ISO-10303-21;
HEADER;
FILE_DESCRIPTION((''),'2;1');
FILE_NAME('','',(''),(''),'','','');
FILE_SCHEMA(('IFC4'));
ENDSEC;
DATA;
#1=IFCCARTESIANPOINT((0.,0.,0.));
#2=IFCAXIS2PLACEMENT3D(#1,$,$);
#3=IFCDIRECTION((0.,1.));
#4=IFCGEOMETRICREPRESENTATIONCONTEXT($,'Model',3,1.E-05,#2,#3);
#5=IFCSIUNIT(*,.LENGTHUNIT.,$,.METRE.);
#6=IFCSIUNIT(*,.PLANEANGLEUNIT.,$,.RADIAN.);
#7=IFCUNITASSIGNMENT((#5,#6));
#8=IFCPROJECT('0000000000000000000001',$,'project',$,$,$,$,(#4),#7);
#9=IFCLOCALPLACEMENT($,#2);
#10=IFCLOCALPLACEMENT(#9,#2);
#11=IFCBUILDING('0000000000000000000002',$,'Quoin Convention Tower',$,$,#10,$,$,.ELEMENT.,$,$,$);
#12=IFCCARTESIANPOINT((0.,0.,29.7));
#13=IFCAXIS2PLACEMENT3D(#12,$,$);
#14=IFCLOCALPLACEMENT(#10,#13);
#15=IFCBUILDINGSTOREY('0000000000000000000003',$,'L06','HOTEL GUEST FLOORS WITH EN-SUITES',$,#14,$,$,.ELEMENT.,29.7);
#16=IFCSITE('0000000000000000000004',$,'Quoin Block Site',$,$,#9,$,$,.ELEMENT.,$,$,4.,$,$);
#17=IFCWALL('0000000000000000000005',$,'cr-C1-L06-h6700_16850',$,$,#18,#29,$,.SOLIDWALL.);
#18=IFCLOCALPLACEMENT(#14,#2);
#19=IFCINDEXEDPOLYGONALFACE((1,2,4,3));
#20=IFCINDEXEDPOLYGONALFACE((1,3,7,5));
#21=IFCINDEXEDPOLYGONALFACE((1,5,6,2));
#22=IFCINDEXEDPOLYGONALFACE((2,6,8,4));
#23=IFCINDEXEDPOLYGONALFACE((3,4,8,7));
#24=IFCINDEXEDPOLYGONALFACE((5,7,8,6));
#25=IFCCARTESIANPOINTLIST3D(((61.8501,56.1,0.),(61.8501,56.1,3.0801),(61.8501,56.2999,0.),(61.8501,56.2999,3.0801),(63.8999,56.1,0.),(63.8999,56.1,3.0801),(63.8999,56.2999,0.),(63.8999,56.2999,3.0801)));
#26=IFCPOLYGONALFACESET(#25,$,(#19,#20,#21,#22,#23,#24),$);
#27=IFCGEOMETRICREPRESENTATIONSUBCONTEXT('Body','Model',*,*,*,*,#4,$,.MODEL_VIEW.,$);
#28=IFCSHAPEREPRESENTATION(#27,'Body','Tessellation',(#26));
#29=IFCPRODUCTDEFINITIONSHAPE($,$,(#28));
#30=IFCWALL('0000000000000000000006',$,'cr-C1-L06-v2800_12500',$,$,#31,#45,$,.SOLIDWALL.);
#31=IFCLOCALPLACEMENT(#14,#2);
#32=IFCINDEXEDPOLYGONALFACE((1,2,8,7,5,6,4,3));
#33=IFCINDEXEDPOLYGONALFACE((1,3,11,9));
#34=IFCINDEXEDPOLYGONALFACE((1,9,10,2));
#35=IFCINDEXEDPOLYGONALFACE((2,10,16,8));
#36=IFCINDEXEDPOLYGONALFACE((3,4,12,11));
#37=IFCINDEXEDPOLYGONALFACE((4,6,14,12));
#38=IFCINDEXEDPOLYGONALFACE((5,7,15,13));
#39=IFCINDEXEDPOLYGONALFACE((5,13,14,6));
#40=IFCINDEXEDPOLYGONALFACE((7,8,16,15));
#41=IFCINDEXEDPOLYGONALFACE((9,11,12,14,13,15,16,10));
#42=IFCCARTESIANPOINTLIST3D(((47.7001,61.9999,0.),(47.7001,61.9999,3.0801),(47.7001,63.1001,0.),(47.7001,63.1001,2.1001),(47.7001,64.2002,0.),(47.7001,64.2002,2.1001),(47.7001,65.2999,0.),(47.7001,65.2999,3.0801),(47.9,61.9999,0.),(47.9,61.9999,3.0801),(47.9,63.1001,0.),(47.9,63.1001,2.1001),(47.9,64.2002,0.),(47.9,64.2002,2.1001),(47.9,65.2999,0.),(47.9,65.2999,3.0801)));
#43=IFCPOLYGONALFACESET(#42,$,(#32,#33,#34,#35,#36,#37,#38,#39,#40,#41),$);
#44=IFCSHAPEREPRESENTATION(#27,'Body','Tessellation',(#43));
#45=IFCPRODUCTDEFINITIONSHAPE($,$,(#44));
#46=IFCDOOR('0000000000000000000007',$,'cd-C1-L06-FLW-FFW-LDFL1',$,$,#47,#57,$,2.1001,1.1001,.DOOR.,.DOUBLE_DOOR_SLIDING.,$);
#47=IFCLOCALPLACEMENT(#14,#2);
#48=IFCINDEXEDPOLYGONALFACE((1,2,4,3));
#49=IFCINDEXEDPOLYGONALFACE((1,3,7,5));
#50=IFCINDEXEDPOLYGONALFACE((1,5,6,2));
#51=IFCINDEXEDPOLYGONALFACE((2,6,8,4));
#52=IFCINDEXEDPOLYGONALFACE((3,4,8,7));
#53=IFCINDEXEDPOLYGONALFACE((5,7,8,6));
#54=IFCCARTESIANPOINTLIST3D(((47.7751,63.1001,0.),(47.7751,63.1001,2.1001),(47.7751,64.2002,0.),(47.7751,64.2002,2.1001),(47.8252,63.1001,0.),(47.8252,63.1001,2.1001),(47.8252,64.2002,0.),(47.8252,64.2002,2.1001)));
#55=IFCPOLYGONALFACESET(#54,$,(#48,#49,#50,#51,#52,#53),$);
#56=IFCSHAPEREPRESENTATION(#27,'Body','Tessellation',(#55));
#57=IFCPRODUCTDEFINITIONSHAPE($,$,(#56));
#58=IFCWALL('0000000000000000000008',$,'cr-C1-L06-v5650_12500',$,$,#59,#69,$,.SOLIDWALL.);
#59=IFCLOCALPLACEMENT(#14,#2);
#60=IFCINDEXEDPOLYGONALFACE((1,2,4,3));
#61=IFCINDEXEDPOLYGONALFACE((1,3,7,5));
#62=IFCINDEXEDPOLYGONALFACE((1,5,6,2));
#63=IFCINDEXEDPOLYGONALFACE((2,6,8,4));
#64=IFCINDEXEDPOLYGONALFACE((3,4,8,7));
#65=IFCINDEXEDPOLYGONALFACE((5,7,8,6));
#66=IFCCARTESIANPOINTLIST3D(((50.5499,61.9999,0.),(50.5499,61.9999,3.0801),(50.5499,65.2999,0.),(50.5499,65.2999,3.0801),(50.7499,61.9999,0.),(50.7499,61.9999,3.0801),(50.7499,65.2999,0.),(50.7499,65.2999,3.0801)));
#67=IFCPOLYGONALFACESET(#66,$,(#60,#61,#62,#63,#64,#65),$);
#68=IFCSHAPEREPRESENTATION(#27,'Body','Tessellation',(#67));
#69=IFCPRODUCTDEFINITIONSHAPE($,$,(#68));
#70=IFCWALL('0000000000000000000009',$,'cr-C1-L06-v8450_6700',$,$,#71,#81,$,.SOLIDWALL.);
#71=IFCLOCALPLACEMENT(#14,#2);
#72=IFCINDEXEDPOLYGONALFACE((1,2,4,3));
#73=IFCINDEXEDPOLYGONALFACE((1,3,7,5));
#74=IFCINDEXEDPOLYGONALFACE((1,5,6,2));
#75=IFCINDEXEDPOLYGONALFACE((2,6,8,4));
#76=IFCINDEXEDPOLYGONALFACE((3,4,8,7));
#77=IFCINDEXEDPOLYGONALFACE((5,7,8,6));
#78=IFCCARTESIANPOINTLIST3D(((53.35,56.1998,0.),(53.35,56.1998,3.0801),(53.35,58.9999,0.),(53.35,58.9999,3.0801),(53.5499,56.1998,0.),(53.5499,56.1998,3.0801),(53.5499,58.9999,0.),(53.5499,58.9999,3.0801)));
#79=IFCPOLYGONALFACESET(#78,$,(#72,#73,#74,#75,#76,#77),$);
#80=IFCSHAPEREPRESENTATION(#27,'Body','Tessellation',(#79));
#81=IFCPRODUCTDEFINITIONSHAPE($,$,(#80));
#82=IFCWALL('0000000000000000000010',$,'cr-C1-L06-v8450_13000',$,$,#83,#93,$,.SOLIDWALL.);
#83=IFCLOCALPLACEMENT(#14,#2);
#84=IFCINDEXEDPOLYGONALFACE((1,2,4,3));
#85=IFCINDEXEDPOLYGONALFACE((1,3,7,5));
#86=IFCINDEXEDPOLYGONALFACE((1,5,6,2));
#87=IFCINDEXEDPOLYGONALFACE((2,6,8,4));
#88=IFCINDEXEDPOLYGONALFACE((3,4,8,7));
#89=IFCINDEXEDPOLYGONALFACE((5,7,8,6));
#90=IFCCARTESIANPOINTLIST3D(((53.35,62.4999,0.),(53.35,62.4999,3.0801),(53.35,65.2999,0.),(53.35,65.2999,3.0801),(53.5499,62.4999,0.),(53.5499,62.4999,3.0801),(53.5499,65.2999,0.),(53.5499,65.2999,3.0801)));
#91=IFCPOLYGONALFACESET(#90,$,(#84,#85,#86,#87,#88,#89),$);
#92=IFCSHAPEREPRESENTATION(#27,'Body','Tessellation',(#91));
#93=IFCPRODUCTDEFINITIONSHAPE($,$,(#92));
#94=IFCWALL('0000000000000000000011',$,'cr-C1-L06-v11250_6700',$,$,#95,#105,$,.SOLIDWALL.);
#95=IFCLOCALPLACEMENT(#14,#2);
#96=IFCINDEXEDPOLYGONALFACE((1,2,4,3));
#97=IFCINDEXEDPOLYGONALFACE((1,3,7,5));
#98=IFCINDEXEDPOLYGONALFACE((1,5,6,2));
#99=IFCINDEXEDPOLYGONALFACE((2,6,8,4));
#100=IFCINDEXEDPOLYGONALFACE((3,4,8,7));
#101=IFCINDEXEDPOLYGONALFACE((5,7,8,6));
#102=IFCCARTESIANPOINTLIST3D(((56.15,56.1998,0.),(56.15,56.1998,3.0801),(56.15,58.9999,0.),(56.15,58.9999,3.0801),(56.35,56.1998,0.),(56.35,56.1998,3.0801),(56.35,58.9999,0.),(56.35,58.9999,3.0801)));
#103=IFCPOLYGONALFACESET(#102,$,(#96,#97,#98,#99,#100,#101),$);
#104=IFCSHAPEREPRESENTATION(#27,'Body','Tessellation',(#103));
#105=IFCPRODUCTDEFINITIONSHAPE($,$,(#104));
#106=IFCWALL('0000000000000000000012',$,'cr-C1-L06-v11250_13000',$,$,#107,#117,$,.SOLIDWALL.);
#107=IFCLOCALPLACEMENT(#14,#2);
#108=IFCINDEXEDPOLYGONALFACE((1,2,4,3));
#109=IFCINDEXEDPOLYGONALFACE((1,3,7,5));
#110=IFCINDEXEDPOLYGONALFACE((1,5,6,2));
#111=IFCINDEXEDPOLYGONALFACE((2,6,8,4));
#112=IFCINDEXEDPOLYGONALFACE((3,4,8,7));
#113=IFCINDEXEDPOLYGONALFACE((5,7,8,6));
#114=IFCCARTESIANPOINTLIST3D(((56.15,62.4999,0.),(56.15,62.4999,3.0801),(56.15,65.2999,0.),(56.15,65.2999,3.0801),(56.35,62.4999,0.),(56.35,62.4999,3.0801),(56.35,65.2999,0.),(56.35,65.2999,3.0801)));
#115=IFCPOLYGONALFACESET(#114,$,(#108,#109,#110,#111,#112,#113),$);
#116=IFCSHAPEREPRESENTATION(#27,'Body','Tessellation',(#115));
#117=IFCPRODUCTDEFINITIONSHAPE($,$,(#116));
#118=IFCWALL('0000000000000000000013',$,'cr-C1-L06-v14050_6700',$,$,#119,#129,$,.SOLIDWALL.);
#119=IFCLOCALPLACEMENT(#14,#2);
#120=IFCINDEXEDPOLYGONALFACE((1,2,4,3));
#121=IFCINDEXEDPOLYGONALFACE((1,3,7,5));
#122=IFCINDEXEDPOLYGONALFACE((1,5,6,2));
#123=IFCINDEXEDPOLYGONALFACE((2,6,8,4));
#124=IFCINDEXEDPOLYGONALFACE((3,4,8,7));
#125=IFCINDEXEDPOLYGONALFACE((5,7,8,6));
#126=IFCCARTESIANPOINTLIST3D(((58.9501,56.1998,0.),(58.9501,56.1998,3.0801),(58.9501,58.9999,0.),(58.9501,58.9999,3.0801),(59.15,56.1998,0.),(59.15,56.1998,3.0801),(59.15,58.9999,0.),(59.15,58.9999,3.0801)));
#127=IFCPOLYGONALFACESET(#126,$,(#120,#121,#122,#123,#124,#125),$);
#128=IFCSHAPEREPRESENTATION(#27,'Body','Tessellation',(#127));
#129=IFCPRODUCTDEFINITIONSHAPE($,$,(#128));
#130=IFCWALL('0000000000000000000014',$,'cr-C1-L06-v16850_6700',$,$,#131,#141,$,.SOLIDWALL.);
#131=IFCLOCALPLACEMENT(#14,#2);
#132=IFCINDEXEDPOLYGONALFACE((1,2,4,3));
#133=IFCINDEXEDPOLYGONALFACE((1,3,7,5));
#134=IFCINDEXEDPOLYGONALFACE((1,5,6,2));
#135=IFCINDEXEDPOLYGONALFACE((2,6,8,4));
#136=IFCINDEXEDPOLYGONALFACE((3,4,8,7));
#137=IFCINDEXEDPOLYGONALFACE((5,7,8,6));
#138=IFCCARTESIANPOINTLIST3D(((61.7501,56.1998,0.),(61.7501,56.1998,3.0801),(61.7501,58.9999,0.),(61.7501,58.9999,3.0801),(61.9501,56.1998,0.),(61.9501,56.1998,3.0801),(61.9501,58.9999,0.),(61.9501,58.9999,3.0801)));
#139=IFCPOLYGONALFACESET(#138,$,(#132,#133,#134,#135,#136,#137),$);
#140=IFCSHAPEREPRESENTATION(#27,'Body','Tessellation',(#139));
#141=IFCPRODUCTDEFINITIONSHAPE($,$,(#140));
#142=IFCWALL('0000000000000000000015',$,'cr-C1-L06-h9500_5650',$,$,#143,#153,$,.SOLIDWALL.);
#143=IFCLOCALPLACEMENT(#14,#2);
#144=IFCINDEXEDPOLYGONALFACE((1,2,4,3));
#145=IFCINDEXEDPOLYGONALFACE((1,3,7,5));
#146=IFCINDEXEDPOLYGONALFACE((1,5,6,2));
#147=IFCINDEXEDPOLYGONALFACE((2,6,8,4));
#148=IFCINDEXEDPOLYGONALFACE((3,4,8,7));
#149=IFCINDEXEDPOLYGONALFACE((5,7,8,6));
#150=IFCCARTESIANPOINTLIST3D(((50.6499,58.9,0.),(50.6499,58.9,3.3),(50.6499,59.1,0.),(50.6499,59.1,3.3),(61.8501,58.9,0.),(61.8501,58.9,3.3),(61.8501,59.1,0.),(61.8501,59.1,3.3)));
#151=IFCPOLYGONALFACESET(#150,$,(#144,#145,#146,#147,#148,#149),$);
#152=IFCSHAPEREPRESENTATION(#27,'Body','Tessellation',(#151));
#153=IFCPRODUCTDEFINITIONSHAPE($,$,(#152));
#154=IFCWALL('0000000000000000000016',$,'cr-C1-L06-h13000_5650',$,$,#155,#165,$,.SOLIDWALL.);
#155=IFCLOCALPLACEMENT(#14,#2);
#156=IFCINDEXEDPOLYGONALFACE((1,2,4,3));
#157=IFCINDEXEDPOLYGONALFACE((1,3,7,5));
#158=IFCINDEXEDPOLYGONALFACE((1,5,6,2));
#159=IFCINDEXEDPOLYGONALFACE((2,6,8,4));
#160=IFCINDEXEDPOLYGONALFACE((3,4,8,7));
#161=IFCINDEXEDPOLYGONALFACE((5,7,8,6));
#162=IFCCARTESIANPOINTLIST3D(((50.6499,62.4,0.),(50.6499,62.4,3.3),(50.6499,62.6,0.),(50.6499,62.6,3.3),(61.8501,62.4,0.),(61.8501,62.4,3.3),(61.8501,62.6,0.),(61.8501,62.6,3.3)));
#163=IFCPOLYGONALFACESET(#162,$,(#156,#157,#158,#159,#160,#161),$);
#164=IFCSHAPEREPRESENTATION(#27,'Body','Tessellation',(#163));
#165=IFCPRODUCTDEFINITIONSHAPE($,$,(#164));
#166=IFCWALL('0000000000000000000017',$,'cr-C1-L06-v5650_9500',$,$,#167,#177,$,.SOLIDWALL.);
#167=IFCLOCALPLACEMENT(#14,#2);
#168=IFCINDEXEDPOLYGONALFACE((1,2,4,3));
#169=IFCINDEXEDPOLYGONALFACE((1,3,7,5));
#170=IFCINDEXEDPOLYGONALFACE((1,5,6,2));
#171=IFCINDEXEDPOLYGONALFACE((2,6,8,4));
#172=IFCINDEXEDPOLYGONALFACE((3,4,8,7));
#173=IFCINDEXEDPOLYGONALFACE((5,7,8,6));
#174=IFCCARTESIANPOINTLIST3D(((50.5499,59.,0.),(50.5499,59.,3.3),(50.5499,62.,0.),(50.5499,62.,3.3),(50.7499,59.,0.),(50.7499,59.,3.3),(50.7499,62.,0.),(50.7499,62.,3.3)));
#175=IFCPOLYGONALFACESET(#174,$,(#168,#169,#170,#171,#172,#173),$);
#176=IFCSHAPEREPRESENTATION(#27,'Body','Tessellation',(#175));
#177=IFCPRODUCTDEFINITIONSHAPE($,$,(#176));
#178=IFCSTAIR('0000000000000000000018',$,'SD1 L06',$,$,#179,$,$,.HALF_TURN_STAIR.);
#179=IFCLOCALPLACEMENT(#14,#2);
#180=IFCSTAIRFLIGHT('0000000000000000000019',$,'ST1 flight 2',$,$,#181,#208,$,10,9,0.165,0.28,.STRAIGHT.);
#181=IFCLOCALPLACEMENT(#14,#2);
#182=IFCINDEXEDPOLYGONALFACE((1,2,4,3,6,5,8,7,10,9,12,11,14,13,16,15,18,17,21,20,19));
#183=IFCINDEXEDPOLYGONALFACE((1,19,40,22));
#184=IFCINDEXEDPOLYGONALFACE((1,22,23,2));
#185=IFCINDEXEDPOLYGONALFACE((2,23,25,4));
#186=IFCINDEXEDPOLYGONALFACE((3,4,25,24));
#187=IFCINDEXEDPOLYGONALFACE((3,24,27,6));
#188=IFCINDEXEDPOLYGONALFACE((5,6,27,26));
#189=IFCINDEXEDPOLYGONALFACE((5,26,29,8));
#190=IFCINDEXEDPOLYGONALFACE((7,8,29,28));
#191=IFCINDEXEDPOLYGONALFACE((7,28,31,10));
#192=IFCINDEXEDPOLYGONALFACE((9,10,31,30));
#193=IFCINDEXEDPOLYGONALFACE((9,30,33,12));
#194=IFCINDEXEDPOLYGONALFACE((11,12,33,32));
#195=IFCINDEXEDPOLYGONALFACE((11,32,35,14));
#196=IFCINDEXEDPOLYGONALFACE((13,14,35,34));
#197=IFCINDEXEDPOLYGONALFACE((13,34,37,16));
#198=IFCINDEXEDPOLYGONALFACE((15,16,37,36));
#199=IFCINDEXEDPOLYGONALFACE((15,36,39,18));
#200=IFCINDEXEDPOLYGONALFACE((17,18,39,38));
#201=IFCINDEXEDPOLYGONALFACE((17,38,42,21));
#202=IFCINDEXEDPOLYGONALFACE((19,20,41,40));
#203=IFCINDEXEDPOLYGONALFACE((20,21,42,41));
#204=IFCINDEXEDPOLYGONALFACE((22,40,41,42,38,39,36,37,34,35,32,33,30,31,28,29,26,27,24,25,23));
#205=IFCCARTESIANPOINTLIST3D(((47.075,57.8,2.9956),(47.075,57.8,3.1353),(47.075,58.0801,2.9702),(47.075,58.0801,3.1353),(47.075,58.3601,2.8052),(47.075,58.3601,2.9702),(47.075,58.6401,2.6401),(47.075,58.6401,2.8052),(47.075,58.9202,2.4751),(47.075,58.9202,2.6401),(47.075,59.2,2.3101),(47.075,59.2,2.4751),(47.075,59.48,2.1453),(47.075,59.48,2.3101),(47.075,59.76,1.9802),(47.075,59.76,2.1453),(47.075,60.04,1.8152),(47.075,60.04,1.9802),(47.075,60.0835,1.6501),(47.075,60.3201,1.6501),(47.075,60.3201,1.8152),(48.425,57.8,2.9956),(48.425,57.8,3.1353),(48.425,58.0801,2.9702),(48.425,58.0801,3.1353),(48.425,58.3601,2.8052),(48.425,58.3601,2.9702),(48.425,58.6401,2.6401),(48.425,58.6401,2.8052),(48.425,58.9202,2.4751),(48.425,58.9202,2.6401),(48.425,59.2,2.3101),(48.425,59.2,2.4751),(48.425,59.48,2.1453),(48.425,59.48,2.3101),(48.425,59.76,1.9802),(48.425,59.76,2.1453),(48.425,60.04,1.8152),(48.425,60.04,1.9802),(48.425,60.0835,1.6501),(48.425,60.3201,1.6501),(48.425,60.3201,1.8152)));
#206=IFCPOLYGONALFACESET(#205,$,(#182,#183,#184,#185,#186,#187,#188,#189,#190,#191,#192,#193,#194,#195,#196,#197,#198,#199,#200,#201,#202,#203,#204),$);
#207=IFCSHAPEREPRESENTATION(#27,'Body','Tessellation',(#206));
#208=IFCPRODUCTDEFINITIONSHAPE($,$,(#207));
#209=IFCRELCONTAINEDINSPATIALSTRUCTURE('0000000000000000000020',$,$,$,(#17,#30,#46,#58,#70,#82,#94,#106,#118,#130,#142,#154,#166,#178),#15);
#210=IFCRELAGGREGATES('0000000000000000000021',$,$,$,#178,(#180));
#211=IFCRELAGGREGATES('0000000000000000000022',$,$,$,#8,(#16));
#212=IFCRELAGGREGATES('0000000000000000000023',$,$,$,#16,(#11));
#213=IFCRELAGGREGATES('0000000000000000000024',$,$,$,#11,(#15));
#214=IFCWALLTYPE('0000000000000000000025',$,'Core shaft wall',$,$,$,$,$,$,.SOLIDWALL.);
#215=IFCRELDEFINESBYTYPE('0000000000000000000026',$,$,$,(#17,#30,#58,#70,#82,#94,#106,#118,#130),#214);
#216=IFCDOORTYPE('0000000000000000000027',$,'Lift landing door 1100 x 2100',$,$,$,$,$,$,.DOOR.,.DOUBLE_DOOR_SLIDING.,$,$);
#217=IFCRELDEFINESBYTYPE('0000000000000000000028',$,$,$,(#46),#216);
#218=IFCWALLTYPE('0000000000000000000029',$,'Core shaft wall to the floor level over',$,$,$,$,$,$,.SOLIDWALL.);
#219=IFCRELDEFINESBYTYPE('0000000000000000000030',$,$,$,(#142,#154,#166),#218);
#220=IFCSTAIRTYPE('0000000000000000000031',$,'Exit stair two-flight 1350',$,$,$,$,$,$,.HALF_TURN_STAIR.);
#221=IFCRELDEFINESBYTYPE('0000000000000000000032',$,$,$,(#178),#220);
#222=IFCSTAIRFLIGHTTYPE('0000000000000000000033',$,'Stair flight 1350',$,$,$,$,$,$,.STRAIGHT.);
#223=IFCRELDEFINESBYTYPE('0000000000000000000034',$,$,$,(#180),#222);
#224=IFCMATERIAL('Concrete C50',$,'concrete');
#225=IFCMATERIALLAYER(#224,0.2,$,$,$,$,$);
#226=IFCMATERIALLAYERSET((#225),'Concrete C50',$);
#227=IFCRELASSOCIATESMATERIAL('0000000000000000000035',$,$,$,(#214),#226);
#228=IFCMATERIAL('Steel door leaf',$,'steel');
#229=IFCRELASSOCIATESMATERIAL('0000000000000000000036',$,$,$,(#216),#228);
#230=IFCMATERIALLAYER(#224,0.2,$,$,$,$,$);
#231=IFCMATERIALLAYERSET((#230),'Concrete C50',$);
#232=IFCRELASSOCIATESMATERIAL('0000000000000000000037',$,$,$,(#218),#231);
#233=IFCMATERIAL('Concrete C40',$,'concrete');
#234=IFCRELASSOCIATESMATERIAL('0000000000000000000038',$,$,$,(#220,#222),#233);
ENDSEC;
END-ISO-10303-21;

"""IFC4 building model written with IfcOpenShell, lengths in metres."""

from ifc_helpers import new_model, si_unit, direction, frame, frame_2d, origin, place, context, subcontext, project, spatial, polyline, rectangle, outline, extrude, material, layer, layer_set, type_object, element, fill, aggregate, save


model = new_model("IFC4")

# Units and contexts
model_context = context("Model", 3, precision=1e-05, world=origin(), true_north=direction((0.0, 1.0)))
body_context = subcontext(model_context, "Body", "Model", "MODEL_VIEW")
ifc_project = project(units=[si_unit("LENGTHUNIT", "METRE"), si_unit("PLANEANGLEUNIT", "RADIAN")], contexts=[model_context])

# Site, building, storey
site_placement = place(None, origin())
site = spatial("IfcSite", under=ifc_project, at=site_placement, Name="Quoin Block Site", CompositionType="ELEMENT", RefElevation=4.0)
building_placement = place(site_placement, origin())
building = spatial("IfcBuilding", under=site, at=building_placement, Name="Quoin Convention Tower", CompositionType="ELEMENT")
storey_placement = place(building_placement, frame((0.0, 0.0, 29.7)))
storey = spatial("IfcBuildingStorey", under=building, at=storey_placement, Name="L06", Description="HOTEL GUEST FLOORS WITH EN-SUITES", CompositionType="ELEMENT", Elevation=29.7)

# Wall
ifc_material_1 = material(Name="Concrete C50", Category="concrete")
ifc_layer_1 = layer(ifc_material_1, 0.2)
ifc_layer_set_1 = layer_set([ifc_layer_1], Name="Concrete C50")
wall_type_1 = type_object("IfcWallType", Name="Core shaft wall", PredefinedType="SOLIDWALL", material=ifc_layer_set_1)
wall_1_placement = place(storey_placement, frame((61.8501, 56.2, 0.0), z_axis=(0.0, 0.0, 1.0), x_axis=(1.0, 0.0, 0.0)))
element("IfcWall", 1, at=wall_1_placement, inside=storey, type_object=wall_type_1, Name="cr-C1-L06-h6700_16850", PredefinedType="SOLIDWALL", context=body_context, shape_type="SweptSolid", body=[
    extrude(rectangle(XDim=2.0498, YDim=0.2, at=frame_2d((1.0249, 0.0))), origin(), (0.0, 0.0, 1.0), 3.0801),
])

# Wall, opening, door
wall_2_placement = place(storey_placement, frame((47.8, 62.0, 0.0), z_axis=(0.0, 0.0, 1.0), x_axis=(0.0, 1.0, 0.0)))
wall_2 = element("IfcWall", 2, at=wall_2_placement, inside=storey, type_object=wall_type_1, Name="cr-C1-L06-v2800_12500", PredefinedType="SOLIDWALL", context=body_context, shape_type="SweptSolid", body=[
    extrude(rectangle(XDim=3.3, YDim=0.2, at=frame_2d((1.6499, 0.0))), origin(), (0.0, 0.0, 1.0), 3.0801),
])
opening_placement = place(wall_2_placement, frame((1.1001, 0.0, 0.0)))
opening = element("IfcOpeningElement", 3, at=opening_placement, cuts=wall_2, PredefinedType="OPENING", context=body_context, shape_type="SweptSolid", body=[
    extrude(rectangle(XDim=1.1001, YDim=2.1001, at=frame_2d((0.55, 1.05))), frame((0.0, 0.1099, 0.0), z_axis=(0.0, -1.0, 0.0), x_axis=(1.0, 0.0, 0.0)), (0.0, 0.0, 1.0), 0.22),
])
ifc_material_2 = material(Name="Steel door leaf", Category="steel")
door_type = type_object("IfcDoorType", Name="Lift landing door 1100 x 2100", OperationType="DOUBLE_DOOR_SLIDING", PredefinedType="DOOR", material=ifc_material_2)
door_placement = place(opening_placement, origin())
door = element("IfcDoor", 4, at=door_placement, inside=storey, type_object=door_type, Name="cd-C1-L06-FLW-FFW-LDFL1", OperationType="DOUBLE_DOOR_SLIDING", OverallHeight=2.1001, OverallWidth=1.1001, PredefinedType="DOOR", context=body_context, shape_type="SweptSolid", body=[
    extrude(rectangle(XDim=1.1001, YDim=2.1001, at=frame_2d((0.55, 1.05))), frame((0.0, 0.0249, 0.0), z_axis=(0.0, -1.0, 0.0), x_axis=(1.0, 0.0, 0.0)), (0.0, 0.0, 1.0), 0.05),
])
fill(opening, door)

# Walls
wall_3_placement = place(storey_placement, frame((50.6499, 62.0, 0.0), z_axis=(0.0, 0.0, 1.0), x_axis=(0.0, 1.0, 0.0)))
element("IfcWall", 5, at=wall_3_placement, inside=storey, type_object=wall_type_1, Name="cr-C1-L06-v5650_12500", PredefinedType="SOLIDWALL", context=body_context, shape_type="SweptSolid", body=[
    extrude(rectangle(XDim=3.3, YDim=0.2, at=frame_2d((1.6499, 0.0))), origin(), (0.0, 0.0, 1.0), 3.0801),
])
for number, where, z_axis, x_axis, name in (
    (6, (53.45, 56.2, 0.0), (0.0, 0.0, 1.0), (0.0, 1.0, 0.0), "cr-C1-L06-v8450_6700"),
    (7, (53.45, 62.5, 0.0), (0.0, 0.0, 1.0), (0.0, 1.0, 0.0), "cr-C1-L06-v8450_13000"),
    (8, (56.25, 56.2, 0.0), (0.0, 0.0, 1.0), (0.0, 1.0, 0.0), "cr-C1-L06-v11250_6700"),
    (9, (56.25, 62.5, 0.0), (0.0, 0.0, 1.0), (0.0, 1.0, 0.0), "cr-C1-L06-v11250_13000"),
    (10, (59.05, 56.2, 0.0), (0.0, 0.0, 1.0), (0.0, 1.0, 0.0), "cr-C1-L06-v14050_6700"),
    (11, (61.8501, 56.2, 0.0), (0.0, 0.0, 1.0), (0.0, 1.0, 0.0), "cr-C1-L06-v16850_6700"),
):
    element("IfcWall", number, at=place(storey_placement, frame(where, z_axis=z_axis, x_axis=x_axis)), inside=storey, type_object=wall_type_1, Name=name, PredefinedType="SOLIDWALL", context=body_context, shape_type="SweptSolid", body=[
        extrude(rectangle(XDim=2.8, YDim=0.2, at=frame_2d((1.3999, 0.0))), origin(), (0.0, 0.0, 1.0), 3.0801),
    ])
ifc_layer_2 = layer(ifc_material_1, 0.2)
ifc_layer_set_2 = layer_set([ifc_layer_2], Name="Concrete C50")
wall_type_2 = type_object("IfcWallType", Name="Core shaft wall to the floor level over", PredefinedType="SOLIDWALL", material=ifc_layer_set_2)
for number, where, z_axis, x_axis, name in (
    (12, (50.6499, 59.0, 0.0), (0.0, 0.0, 1.0), (1.0, 0.0, 0.0), "cr-C1-L06-h9500_5650"),
    (13, (50.6499, 62.5, 0.0), (0.0, 0.0, 1.0), (1.0, 0.0, 0.0), "cr-C1-L06-h13000_5650"),
):
    element("IfcWall", number, at=place(storey_placement, frame(where, z_axis=z_axis, x_axis=x_axis)), inside=storey, type_object=wall_type_2, Name=name, PredefinedType="SOLIDWALL", context=body_context, shape_type="SweptSolid", body=[
        extrude(rectangle(XDim=11.2002, YDim=0.2, at=frame_2d((5.6001, 0.0))), origin(), (0.0, 0.0, 1.0), 3.3),
    ])
wall_4_placement = place(storey_placement, frame((50.6499, 59.0, 0.0), z_axis=(0.0, 0.0, 1.0), x_axis=(0.0, 1.0, 0.0)))
element("IfcWall", 14, at=wall_4_placement, inside=storey, type_object=wall_type_2, Name="cr-C1-L06-v5650_9500", PredefinedType="SOLIDWALL", context=body_context, shape_type="SweptSolid", body=[
    extrude(rectangle(XDim=3.0, YDim=0.2, at=frame_2d((1.5, 0.0))), origin(), (0.0, 0.0, 1.0), 3.3),
])

# Stair, stair flight
ifc_material_3 = material(Name="Concrete C40", Category="concrete")
stair_type = type_object("IfcStairType", Name="Exit stair two-flight 1350", PredefinedType="HALF_TURN_STAIR", material=ifc_material_3)
stair_placement = place(storey_placement, origin())
stair = element("IfcStair", 15, at=stair_placement, inside=storey, type_object=stair_type, Name="SD1 L06", PredefinedType="HALF_TURN_STAIR")
stair_flight_type = type_object("IfcStairFlightType", Name="Stair flight 1350", PredefinedType="STRAIGHT", material=ifc_material_3)
stair_flight_placement = place(storey_placement, frame((47.75, 60.3201, 1.6501), z_axis=(0.0, 0.0, 1.0), x_axis=(0.0, -1.0, 0.0)))
stair_flight = element("IfcStairFlight", 16, at=stair_flight_placement, type_object=stair_flight_type, Name="ST1 flight 2", NumberOfRisers=10, NumberOfTreads=9, PredefinedType="STRAIGHT", RiserHeight=0.165, TreadLength=0.28, context=body_context, shape_type="SweptSolid", body=[
    extrude(outline(polyline([(0.0, 0.0), (0.0, 0.165), (0.28, 0.165), (0.28, 0.3301), (0.5601, 0.3301), (0.5601, 0.4951), (0.8401, 0.4951), (0.8401, 0.6599), (1.1201, 0.6599), (1.1201, 0.825), (1.3999, 0.825), (1.3999, 0.99), (1.6799, 0.99), (1.6799, 1.155), (1.96, 1.155), (1.96, 1.3201), (2.24, 1.3201), (2.24, 1.4851), (2.52, 1.4851), (2.52, 1.6499), (2.52, 1.3455), (0.2366, 0.0), (0.0, 0.0)])), frame((0.0, 0.675, 0.0), z_axis=(0.0, -1.0, 0.0), x_axis=(1.0, 0.0, 0.0)), (0.0, 0.0, 1.0), 1.3501),
])
aggregate(stair, [stair_flight])

save(model, "model.ifc")
